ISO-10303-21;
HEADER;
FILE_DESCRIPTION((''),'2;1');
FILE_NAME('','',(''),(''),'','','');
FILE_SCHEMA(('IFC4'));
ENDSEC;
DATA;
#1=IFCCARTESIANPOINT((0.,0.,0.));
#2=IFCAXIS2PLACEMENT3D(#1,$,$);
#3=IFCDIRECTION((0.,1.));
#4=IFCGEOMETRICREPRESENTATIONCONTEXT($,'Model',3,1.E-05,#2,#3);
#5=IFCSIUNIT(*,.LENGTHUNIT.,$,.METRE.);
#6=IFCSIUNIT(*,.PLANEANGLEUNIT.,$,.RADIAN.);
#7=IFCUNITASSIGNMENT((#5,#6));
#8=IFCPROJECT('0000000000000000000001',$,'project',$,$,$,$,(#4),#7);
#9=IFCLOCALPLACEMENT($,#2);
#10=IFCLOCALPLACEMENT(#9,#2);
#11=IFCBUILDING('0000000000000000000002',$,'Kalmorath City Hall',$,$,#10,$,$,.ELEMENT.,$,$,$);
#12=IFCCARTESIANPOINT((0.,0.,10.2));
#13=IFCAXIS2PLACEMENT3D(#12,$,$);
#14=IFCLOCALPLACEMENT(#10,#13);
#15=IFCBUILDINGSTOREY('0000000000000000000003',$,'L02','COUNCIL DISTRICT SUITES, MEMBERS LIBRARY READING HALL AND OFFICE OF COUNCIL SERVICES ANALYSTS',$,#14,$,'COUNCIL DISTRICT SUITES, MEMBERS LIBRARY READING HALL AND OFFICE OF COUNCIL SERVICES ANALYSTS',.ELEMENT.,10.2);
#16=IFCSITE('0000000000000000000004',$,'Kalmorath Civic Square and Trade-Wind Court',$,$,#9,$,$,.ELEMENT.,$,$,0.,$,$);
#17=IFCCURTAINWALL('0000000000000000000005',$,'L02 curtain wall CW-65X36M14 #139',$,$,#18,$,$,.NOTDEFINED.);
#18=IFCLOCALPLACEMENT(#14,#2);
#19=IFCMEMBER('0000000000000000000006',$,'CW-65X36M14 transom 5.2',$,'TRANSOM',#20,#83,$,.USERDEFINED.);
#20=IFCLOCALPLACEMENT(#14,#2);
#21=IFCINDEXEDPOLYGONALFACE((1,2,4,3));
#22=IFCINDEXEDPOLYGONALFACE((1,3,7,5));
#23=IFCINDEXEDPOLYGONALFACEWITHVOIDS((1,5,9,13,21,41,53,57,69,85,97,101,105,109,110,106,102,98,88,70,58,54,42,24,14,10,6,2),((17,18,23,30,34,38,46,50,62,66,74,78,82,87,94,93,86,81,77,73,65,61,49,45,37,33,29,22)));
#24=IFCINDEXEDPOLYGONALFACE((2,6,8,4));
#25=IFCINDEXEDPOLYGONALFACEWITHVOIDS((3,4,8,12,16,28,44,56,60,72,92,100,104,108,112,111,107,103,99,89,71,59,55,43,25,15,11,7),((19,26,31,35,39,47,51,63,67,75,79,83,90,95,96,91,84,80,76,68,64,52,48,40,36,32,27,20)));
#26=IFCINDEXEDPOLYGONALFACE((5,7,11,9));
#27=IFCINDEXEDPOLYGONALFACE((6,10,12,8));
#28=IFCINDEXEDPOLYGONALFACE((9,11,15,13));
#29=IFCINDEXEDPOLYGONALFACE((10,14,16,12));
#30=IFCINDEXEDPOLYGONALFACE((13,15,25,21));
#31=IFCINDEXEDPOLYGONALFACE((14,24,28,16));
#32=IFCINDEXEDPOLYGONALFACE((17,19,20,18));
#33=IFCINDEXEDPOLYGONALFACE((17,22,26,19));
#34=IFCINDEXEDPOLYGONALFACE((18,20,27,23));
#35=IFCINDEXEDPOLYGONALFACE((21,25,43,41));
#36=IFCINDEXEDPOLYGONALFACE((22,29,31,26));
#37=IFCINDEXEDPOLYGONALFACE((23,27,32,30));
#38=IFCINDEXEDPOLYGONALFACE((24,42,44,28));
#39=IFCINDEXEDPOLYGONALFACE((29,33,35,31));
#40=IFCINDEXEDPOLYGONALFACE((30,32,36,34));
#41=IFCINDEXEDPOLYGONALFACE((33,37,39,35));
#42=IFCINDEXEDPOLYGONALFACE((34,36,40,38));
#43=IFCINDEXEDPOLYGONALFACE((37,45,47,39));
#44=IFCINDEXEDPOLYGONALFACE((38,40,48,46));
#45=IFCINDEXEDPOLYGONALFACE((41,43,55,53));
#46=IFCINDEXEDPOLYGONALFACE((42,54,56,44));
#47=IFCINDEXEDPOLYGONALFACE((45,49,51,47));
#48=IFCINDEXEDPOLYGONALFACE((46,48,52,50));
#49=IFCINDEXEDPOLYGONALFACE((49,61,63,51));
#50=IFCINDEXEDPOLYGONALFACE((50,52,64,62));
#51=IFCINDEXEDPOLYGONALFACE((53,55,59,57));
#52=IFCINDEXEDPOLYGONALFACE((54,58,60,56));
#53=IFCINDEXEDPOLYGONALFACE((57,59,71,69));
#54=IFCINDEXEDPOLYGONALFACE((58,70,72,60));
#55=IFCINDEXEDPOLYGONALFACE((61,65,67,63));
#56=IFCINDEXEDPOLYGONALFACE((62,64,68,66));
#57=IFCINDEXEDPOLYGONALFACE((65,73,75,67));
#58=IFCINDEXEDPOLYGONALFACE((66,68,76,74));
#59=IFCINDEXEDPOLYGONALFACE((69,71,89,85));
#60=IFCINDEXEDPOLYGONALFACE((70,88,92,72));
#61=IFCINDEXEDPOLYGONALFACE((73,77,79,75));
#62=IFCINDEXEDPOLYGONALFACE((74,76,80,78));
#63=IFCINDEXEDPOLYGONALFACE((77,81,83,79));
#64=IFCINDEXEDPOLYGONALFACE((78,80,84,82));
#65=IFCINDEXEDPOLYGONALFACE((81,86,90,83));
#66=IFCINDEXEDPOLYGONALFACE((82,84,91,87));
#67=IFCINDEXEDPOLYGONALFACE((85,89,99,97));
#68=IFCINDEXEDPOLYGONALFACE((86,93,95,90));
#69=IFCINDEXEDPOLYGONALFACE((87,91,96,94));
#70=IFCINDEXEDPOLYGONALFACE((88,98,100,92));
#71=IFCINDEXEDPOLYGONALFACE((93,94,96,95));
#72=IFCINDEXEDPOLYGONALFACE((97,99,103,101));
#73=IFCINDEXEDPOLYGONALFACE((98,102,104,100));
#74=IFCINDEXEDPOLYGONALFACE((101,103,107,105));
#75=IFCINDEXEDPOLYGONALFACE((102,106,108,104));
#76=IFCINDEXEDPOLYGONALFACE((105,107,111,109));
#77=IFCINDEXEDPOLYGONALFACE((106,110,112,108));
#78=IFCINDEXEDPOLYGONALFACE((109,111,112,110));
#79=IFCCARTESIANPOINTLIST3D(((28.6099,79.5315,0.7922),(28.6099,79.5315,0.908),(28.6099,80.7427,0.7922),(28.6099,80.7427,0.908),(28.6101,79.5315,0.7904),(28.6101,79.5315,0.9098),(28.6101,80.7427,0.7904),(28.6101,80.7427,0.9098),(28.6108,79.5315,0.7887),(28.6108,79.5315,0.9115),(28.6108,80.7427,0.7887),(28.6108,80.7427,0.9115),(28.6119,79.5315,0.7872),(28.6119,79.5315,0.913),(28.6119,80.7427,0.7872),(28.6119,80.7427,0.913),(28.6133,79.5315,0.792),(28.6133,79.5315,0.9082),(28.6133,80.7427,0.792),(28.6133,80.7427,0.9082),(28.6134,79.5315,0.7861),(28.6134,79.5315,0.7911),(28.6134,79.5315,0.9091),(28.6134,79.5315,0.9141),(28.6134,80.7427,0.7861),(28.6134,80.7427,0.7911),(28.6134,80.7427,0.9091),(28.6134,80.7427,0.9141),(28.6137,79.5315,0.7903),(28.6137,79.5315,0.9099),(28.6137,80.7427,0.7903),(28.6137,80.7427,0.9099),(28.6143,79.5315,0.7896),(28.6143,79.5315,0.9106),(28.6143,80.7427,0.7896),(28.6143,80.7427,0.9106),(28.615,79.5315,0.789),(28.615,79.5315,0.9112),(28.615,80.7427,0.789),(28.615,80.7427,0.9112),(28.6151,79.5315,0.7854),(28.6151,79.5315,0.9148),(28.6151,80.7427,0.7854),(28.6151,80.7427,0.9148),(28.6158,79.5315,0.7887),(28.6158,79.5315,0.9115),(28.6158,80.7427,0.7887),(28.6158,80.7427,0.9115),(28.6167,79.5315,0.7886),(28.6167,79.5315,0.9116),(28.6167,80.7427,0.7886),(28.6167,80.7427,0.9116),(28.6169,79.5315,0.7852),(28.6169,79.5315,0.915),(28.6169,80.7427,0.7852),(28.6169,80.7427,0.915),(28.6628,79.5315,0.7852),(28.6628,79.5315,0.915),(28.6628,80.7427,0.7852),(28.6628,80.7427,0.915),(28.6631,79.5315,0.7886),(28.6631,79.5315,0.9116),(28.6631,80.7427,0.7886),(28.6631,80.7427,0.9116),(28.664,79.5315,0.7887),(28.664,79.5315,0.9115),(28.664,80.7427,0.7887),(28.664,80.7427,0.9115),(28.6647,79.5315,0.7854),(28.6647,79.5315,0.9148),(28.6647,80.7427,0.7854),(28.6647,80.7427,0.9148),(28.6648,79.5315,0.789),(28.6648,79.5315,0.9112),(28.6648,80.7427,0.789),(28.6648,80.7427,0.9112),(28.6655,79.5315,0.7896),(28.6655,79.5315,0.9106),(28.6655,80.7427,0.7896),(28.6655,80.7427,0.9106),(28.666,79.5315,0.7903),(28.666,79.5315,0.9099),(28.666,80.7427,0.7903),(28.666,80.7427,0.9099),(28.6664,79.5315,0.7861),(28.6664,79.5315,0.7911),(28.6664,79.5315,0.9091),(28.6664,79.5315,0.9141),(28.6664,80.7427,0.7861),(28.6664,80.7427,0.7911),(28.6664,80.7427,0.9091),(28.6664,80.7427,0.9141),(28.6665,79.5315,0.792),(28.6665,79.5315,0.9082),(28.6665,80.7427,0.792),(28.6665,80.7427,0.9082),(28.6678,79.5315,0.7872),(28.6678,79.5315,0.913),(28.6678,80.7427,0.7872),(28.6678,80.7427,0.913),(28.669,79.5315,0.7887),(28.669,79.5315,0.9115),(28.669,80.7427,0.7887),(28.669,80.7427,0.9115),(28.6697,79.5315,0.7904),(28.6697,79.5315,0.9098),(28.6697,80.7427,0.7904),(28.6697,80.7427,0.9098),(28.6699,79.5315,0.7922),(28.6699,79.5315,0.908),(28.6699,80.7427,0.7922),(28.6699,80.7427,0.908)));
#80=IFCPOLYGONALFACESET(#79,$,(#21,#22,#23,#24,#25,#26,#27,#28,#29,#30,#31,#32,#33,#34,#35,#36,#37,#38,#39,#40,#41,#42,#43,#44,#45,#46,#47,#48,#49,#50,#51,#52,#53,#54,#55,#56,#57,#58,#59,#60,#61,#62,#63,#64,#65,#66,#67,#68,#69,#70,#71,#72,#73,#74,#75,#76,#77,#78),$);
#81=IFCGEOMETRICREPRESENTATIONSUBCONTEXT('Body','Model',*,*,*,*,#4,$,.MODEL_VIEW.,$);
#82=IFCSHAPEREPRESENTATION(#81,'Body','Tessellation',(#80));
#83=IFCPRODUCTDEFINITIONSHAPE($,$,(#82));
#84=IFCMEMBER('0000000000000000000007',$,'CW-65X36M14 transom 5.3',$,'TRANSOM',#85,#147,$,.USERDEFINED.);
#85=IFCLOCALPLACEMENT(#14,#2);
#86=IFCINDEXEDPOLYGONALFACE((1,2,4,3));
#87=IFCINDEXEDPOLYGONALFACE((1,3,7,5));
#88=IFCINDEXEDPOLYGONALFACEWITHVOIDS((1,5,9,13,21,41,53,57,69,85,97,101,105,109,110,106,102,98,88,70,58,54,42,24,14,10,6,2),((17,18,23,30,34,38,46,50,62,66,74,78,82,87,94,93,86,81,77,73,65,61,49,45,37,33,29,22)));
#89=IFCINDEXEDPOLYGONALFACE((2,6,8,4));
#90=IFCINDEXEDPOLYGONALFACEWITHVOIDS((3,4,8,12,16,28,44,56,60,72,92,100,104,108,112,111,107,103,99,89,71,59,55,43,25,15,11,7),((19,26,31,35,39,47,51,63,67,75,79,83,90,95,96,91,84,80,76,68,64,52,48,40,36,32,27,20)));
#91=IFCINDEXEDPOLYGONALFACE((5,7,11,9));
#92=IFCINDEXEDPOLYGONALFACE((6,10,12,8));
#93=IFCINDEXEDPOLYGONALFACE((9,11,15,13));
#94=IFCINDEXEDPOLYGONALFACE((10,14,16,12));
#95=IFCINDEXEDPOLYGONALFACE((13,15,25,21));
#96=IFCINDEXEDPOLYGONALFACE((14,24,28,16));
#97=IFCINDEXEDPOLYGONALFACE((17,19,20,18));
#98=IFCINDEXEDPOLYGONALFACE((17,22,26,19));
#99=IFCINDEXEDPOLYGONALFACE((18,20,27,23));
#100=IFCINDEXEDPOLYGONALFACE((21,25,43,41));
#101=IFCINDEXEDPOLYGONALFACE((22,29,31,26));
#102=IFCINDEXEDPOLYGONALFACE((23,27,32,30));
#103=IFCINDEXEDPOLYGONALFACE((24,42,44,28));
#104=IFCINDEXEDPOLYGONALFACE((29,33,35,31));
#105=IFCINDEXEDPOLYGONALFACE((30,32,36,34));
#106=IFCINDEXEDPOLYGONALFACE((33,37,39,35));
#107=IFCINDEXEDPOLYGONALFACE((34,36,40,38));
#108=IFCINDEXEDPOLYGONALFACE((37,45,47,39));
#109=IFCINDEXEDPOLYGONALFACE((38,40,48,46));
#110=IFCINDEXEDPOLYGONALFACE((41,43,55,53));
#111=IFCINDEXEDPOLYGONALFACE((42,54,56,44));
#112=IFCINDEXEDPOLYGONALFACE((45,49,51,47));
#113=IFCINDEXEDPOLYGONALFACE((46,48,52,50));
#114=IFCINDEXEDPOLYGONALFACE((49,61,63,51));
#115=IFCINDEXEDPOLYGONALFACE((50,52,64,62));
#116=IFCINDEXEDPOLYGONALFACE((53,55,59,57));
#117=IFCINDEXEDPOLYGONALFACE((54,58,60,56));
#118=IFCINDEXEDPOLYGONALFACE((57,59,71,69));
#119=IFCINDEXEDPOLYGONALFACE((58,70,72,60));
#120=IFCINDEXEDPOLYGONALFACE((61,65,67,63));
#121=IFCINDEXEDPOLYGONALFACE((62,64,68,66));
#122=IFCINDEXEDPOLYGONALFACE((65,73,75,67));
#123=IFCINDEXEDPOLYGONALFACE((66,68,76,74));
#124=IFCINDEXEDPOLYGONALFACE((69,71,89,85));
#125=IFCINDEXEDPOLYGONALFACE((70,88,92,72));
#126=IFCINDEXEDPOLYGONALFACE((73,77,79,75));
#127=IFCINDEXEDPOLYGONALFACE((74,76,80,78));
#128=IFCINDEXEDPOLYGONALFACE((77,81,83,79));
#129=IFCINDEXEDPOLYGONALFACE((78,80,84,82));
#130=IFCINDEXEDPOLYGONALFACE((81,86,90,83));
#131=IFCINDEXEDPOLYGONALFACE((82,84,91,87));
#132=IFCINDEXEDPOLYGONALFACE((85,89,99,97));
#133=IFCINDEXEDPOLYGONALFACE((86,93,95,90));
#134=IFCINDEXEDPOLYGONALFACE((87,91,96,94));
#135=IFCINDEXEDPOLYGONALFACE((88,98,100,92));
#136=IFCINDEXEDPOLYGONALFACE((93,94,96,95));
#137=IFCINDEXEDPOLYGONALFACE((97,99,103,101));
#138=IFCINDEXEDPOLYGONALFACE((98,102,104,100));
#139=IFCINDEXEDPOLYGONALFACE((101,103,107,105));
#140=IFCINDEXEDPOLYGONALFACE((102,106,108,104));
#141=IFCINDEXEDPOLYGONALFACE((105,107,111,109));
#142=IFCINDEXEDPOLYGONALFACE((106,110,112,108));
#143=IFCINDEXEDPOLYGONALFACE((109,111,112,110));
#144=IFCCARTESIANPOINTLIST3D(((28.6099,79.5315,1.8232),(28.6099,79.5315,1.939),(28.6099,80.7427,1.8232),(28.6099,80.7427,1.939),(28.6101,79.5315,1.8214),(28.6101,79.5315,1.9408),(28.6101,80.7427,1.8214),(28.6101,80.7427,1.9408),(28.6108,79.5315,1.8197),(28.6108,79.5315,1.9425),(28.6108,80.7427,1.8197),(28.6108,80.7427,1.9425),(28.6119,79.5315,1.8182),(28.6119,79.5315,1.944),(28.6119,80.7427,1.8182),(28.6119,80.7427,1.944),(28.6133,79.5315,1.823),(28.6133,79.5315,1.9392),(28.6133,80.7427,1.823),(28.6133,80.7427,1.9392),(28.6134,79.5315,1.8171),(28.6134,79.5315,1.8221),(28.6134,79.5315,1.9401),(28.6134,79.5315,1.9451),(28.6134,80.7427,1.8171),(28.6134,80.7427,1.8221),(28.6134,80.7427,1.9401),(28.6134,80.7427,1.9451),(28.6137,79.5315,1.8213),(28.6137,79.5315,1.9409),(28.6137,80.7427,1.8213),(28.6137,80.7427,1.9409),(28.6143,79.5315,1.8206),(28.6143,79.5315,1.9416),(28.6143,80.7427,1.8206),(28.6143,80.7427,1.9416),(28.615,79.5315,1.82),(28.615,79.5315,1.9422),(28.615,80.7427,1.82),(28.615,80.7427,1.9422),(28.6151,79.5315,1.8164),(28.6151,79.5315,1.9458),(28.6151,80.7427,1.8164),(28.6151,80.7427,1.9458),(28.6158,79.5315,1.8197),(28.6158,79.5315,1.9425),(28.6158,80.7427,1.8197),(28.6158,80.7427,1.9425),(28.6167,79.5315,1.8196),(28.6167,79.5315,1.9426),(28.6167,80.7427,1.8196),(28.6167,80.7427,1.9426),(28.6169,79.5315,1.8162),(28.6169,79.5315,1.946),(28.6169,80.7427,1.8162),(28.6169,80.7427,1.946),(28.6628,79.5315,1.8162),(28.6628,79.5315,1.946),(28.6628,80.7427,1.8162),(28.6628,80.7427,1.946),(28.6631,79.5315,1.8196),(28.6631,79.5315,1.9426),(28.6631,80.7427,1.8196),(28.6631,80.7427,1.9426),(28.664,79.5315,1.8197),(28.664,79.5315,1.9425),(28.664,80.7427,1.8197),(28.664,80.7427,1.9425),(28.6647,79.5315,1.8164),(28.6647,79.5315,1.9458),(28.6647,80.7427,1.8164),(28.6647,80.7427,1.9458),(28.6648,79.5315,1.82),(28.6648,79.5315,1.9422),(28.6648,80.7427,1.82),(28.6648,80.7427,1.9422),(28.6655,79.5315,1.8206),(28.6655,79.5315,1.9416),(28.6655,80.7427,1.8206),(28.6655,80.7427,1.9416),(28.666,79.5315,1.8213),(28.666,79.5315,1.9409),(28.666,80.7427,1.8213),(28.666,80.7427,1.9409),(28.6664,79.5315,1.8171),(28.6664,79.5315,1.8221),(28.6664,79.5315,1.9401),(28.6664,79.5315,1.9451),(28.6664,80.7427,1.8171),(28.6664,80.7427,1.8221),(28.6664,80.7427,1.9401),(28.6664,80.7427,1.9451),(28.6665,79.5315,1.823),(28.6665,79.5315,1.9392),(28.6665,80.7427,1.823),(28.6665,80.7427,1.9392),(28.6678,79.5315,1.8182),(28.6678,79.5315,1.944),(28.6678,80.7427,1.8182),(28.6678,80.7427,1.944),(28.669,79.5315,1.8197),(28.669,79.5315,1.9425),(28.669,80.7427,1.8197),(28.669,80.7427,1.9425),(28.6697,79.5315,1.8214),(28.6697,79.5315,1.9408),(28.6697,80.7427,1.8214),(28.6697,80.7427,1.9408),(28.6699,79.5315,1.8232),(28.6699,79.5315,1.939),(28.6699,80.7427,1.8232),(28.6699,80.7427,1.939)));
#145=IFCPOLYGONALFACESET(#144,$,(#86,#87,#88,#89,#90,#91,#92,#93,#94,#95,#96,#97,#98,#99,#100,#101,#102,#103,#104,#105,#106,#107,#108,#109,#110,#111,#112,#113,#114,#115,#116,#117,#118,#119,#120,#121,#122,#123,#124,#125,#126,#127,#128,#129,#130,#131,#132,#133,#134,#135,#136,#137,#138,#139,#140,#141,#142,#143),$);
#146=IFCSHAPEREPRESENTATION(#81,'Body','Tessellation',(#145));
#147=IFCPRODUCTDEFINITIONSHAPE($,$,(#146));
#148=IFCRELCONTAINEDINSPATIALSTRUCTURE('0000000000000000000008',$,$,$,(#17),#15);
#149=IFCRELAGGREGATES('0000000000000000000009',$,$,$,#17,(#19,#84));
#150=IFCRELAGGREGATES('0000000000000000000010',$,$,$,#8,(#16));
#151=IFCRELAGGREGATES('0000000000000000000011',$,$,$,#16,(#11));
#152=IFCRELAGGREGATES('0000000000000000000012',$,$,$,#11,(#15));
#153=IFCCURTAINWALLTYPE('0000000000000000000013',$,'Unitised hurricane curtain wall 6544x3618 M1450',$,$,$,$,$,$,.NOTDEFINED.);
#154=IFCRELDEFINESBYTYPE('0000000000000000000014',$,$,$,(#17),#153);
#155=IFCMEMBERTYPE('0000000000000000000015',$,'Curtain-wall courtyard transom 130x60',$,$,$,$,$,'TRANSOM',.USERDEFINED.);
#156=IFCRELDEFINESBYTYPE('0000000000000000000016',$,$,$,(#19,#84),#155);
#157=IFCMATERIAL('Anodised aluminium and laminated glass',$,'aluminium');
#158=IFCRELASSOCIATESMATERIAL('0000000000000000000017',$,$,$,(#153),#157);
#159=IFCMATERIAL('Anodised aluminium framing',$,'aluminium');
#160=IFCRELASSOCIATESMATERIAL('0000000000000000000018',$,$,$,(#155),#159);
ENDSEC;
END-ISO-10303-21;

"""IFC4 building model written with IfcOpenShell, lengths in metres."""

from ifc_helpers import new_model, si_unit, direction, frame, origin, origin_2d, place, context, subcontext, project, spatial, hollow_rectangle, extrude, material, material_profile, profile_set, type_object, element, aggregate, save


model = new_model("IFC4")

# Units and contexts
model_context = context("Model", 3, precision=1e-05, world=origin(), true_north=direction((0.0, 1.0)))
body_context = subcontext(model_context, "Body", "Model", "MODEL_VIEW")
ifc_project = project(units=[si_unit("LENGTHUNIT", "METRE"), si_unit("PLANEANGLEUNIT", "RADIAN")], contexts=[model_context])

# Site, building, storey
site_placement = place(None, origin())
site = spatial("IfcSite", under=ifc_project, at=site_placement, Name="Kalmorath Civic Square and Trade-Wind Court", CompositionType="ELEMENT", RefElevation=0.0)
building_placement = place(site_placement, origin())
building = spatial("IfcBuilding", under=site, at=building_placement, Name="Kalmorath City Hall", CompositionType="ELEMENT")
storey_placement = place(building_placement, frame((0.0, 0.0, 10.2)))
storey = spatial("IfcBuildingStorey", under=building, at=storey_placement, Name="L02", Description="COUNCIL DISTRICT SUITES, MEMBERS LIBRARY READING HALL AND OFFICE OF COUNCIL SERVICES ANALYSTS", LongName="COUNCIL DISTRICT SUITES, MEMBERS LIBRARY READING HALL AND OFFICE OF COUNCIL SERVICES ANALYSTS", CompositionType="ELEMENT", Elevation=10.2)

# Curtain wall, members
ifc_material_1 = material(Name="Anodised aluminium and laminated glass", Category="aluminium")
curtain_wall_type = type_object("IfcCurtainWallType", Name="Unitised hurricane curtain wall 6544x3618 M1450", PredefinedType="NOTDEFINED", material=ifc_material_1)
curtain_wall_placement = place(storey_placement, origin())
curtain_wall = element("IfcCurtainWall", 1, at=curtain_wall_placement, inside=storey, type_object=curtain_wall_type, Name="L02 curtain wall CW-65X36M14 #139", PredefinedType="NOTDEFINED")
ifc_material_2 = material(Name="Anodised aluminium framing", Category="aluminium")
ifc_material_profile_1 = material_profile(ifc_material_2, hollow_rectangle(XDim=0.0601, YDim=0.1299, WallThickness=0.0034, InnerFilletRadius=0.0034, OuterFilletRadius=0.0071, at=origin_2d()), Name="ALU-TRN-130X60X3.5")
ifc_profile_set_1 = profile_set([ifc_material_profile_1], Name="Anodised aluminium framing")
member_type_1 = type_object("IfcMemberType", Name="Curtain-wall courtyard transom 130x60", ElementType="TRANSOM", PredefinedType="USERDEFINED", material=ifc_profile_set_1)
member_1_placement = place(storey_placement, frame((28.6399, 80.7427, 0.8501), z_axis=(0.0, -1.0, 0.0), x_axis=(1.0, 0.0, 0.0)))
member_1 = element("IfcMember", 2, at=member_1_placement, type_object=member_type_1, Name="CW-65X36M14 transom 5.2", ObjectType="TRANSOM", PredefinedType="USERDEFINED", context=body_context, shape_type="SweptSolid", body=[
    extrude(hollow_rectangle(XDim=0.0601, YDim=0.1299, WallThickness=0.0034, InnerFilletRadius=0.0034, OuterFilletRadius=0.0071, at=origin_2d()), origin(), (0.0, 0.0, 1.0), 1.2112),
])
member_2_placement = place(storey_placement, frame((28.6399, 80.7427, 1.8811), z_axis=(0.0, -1.0, 0.0), x_axis=(1.0, 0.0, 0.0)))
member_2 = element("IfcMember", 3, at=member_2_placement, type_object=member_type_1, Name="CW-65X36M14 transom 5.3", ObjectType="TRANSOM", PredefinedType="USERDEFINED", context=body_context, shape_type="SweptSolid", body=[
    extrude(hollow_rectangle(XDim=0.0601, YDim=0.1299, WallThickness=0.0034, InnerFilletRadius=0.0034, OuterFilletRadius=0.0071, at=origin_2d()), origin(), (0.0, 0.0, 1.0), 1.2112),
])

aggregate(curtain_wall, [member_1, member_2])

save(model, "model.ifc")
